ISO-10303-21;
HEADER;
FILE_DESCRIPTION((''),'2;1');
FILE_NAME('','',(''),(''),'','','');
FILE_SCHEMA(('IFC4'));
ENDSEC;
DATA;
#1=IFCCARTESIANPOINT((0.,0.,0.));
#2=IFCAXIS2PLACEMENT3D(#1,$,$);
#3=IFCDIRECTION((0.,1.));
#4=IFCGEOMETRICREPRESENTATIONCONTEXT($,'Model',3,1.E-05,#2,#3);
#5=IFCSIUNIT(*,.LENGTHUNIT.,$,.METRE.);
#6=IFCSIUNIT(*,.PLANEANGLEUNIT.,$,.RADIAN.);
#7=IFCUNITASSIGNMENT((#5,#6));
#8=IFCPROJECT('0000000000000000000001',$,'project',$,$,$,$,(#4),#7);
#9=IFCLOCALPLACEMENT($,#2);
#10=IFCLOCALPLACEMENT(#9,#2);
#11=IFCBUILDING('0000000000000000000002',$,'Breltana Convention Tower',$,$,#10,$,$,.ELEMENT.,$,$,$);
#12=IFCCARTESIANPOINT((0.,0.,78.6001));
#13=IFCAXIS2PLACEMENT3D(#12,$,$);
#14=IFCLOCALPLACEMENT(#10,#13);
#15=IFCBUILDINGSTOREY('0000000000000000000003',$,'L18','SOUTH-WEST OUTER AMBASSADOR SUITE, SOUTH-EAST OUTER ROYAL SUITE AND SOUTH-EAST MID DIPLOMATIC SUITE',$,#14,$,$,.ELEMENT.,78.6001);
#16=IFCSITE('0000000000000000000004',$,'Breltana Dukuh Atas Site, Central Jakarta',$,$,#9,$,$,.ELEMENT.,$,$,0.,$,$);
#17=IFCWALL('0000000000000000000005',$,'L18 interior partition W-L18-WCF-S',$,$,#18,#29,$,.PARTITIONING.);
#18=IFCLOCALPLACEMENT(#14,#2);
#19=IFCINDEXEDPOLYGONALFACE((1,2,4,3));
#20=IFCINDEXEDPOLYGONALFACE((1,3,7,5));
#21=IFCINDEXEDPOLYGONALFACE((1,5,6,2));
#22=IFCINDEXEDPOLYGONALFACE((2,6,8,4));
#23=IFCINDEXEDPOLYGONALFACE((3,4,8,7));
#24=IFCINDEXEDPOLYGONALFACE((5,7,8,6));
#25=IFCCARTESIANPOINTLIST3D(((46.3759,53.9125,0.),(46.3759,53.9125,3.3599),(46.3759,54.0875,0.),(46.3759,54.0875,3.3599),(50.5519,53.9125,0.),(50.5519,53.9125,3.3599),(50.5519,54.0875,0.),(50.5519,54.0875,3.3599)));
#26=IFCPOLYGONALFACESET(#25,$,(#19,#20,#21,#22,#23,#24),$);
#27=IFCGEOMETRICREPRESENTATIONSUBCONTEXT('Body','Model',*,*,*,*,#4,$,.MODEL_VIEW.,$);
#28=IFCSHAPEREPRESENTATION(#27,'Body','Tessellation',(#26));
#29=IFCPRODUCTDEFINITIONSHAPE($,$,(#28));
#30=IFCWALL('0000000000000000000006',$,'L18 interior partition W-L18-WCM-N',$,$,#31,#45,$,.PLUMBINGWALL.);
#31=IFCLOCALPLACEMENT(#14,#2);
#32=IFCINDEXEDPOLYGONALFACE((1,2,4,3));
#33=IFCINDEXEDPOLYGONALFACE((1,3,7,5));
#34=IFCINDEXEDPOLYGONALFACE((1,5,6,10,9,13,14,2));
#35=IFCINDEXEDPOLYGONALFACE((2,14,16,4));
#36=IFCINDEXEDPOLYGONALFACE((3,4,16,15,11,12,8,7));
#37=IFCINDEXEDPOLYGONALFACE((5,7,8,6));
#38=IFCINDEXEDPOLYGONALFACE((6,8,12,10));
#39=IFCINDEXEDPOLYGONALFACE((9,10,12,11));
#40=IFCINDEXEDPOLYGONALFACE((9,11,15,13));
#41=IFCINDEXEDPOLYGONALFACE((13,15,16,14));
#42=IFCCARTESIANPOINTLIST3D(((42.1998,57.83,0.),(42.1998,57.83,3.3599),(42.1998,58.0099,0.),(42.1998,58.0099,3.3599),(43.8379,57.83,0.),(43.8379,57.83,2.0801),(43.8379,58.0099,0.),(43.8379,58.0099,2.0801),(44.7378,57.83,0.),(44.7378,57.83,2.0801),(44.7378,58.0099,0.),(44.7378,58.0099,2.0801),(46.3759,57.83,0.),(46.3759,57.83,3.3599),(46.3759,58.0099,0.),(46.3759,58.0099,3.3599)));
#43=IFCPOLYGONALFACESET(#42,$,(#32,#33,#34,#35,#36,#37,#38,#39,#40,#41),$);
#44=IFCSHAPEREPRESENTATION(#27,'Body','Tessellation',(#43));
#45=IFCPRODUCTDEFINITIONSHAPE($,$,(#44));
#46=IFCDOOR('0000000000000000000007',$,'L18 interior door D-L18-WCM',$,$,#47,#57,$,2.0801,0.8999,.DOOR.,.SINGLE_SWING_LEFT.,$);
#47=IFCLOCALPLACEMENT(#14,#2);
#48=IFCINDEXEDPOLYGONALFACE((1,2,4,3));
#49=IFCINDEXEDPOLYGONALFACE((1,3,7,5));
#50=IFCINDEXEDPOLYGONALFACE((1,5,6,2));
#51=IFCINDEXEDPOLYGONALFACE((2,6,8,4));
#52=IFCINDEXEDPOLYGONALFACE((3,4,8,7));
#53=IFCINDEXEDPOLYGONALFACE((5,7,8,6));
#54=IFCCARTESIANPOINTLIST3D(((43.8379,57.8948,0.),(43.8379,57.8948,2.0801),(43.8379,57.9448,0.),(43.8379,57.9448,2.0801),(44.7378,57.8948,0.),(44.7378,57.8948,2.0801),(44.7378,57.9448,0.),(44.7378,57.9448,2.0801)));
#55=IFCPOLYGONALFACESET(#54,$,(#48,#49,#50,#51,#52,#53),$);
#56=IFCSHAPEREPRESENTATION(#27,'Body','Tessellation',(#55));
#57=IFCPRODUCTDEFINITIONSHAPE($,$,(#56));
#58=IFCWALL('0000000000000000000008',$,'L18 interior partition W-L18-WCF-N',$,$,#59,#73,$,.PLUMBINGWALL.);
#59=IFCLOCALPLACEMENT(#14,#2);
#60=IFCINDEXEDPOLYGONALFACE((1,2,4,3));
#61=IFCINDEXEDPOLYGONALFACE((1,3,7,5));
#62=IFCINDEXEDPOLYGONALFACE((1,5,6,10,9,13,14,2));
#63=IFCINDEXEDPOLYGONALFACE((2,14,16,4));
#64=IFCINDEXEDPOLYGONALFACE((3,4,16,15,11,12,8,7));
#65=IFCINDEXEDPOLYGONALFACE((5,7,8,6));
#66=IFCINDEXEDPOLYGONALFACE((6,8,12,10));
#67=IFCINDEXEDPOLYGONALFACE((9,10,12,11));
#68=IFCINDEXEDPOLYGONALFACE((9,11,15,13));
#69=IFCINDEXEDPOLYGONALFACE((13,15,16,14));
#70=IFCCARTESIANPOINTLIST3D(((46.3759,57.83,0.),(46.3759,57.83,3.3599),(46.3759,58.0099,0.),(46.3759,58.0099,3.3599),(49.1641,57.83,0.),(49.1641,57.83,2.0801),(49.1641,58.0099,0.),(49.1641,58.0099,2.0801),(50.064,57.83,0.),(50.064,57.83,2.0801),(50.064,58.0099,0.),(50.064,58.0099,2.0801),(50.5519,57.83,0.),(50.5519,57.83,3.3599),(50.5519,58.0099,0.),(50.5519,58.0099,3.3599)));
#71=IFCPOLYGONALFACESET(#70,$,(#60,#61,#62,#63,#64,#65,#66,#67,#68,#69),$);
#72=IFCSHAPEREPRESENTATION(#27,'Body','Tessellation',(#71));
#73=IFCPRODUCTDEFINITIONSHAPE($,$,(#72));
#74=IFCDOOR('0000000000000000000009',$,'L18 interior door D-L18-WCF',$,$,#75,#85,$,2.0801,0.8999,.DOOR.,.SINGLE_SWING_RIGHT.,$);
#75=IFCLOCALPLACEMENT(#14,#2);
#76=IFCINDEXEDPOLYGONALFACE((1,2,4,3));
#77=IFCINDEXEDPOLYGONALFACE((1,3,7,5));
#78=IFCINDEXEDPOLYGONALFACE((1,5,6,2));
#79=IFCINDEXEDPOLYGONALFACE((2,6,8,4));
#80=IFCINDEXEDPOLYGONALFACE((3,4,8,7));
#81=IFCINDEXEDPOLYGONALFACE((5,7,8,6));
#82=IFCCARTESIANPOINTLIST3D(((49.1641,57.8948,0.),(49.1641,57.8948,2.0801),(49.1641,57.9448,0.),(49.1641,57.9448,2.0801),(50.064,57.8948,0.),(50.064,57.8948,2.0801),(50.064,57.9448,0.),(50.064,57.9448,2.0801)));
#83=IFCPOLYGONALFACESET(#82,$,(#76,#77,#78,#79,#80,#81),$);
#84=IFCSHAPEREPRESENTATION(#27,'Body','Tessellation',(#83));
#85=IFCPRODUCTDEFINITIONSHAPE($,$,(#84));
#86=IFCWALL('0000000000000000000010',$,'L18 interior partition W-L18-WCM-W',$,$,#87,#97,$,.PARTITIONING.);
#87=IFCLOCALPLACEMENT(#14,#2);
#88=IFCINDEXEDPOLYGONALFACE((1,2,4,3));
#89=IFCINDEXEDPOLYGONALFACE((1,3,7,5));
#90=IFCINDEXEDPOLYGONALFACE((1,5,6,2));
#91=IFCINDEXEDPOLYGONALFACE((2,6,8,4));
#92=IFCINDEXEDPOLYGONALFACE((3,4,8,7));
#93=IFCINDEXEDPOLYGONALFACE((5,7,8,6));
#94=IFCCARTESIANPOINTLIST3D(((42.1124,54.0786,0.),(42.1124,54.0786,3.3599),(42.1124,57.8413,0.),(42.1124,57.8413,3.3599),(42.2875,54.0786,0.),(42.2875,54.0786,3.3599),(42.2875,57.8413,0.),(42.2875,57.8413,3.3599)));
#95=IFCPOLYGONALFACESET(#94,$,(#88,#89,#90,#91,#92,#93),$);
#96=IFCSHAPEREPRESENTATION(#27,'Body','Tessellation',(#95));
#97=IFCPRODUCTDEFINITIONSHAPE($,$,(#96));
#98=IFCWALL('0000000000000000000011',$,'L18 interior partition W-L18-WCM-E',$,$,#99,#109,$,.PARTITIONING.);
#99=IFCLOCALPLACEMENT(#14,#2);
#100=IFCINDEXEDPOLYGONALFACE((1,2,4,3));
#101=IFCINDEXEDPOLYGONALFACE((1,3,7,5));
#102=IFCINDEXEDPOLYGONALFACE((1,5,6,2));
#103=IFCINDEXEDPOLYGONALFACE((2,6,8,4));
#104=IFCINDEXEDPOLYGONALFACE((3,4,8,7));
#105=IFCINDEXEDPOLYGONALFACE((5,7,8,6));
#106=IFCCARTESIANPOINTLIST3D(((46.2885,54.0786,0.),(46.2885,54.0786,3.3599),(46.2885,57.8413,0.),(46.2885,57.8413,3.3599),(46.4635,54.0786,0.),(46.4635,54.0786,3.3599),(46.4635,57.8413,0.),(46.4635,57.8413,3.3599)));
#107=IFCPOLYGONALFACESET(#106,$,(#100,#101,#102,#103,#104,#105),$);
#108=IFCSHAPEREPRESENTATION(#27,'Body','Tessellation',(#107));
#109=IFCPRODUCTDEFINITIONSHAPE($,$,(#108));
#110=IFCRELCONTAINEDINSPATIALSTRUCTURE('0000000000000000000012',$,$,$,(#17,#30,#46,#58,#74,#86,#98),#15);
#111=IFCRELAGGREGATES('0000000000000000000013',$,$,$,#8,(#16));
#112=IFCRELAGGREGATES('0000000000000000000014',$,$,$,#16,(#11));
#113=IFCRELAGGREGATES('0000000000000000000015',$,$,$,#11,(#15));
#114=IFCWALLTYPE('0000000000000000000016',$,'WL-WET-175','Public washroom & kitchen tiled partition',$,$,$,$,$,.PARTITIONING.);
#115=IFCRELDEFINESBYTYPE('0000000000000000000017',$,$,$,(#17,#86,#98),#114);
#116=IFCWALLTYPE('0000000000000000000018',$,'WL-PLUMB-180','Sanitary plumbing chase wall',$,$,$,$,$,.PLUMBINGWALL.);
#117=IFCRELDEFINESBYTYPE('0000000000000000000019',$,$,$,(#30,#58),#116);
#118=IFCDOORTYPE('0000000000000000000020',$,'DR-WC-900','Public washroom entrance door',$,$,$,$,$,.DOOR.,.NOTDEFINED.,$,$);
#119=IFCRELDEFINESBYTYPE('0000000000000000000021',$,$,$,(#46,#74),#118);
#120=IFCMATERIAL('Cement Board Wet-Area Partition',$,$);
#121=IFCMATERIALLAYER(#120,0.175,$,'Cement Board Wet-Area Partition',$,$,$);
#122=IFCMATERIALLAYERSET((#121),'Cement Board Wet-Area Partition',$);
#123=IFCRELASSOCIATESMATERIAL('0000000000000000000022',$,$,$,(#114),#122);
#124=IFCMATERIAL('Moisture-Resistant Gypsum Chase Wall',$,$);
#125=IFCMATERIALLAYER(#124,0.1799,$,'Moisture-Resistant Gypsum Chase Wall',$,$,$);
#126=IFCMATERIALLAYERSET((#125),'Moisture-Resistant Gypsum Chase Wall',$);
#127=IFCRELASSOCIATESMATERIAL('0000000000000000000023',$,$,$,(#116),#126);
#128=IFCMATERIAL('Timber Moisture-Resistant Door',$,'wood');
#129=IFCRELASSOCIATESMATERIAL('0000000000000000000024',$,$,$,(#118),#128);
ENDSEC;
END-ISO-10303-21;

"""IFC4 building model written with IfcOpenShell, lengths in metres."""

from ifc_helpers import new_model, si_unit, direction, frame, frame_2d, origin, place, context, subcontext, project, spatial, rectangle, extrude, source, transform, mapped, material, layer, layer_set, type_object, type_shapes, element, fill, save


model = new_model("IFC4")

# Units and contexts
model_context = context("Model", 3, precision=1e-05, world=origin(), true_north=direction((0.0, 1.0)))
body_context = subcontext(model_context, "Body", "Model", "MODEL_VIEW")
ifc_project = project(units=[si_unit("LENGTHUNIT", "METRE"), si_unit("PLANEANGLEUNIT", "RADIAN")], contexts=[model_context])

# Site, building, storey
site_placement = place(None, origin())
site = spatial("IfcSite", under=ifc_project, at=site_placement, Name="Breltana Dukuh Atas Site, Central Jakarta", CompositionType="ELEMENT", RefElevation=0.0)
building_placement = place(site_placement, origin())
building = spatial("IfcBuilding", under=site, at=building_placement, Name="Breltana Convention Tower", CompositionType="ELEMENT")
storey_placement = place(building_placement, frame((0.0, 0.0, 78.6001)))
storey = spatial("IfcBuildingStorey", under=building, at=storey_placement, Name="L18", Description="SOUTH-WEST OUTER AMBASSADOR SUITE, SOUTH-EAST OUTER ROYAL SUITE AND SOUTH-EAST MID DIPLOMATIC SUITE", CompositionType="ELEMENT", Elevation=78.6001)

# Wall
ifc_material_1 = material(Name="Cement Board Wet-Area Partition")
ifc_layer_1 = layer(ifc_material_1, 0.175, Name="Cement Board Wet-Area Partition")
ifc_layer_set_1 = layer_set([ifc_layer_1], Name="Cement Board Wet-Area Partition")
wall_type_1 = type_object("IfcWallType", Name="WL-WET-175", Description="Public washroom & kitchen tiled partition", PredefinedType="PARTITIONING", material=ifc_layer_set_1)
shared_shape_1 = source(origin(), body_context, "Body", "SweptSolid", [
    extrude(rectangle(XDim=4.176, YDim=0.175, at=frame_2d((2.0879, 0.0))), origin(), (0.0, 0.0, 1.0), 3.3599),
])
for number, where, z_axis, x_axis, name in (
    (1, (46.376, 54.0, 0.0), (0.0, 0.0, 1.0), (1.0, 0.0, 0.0), "L18 interior partition W-L18-WCF-S"),
):
    element("IfcWall", number, at=place(storey_placement, frame(where, z_axis=z_axis, x_axis=x_axis)), inside=storey, type_object=wall_type_1, Name=name, PredefinedType="PARTITIONING", context=body_context, shape_type="MappedRepresentation", body=[
        mapped(shared_shape_1, transform((0.0, 0.0, 0.0), scale=1.0)),
    ])

# Walls, openings, doors
ifc_material_2 = material(Name="Moisture-Resistant Gypsum Chase Wall")
ifc_layer_2 = layer(ifc_material_2, 0.1799, Name="Moisture-Resistant Gypsum Chase Wall")
ifc_layer_set_2 = layer_set([ifc_layer_2], Name="Moisture-Resistant Gypsum Chase Wall")
wall_type_2 = type_object("IfcWallType", Name="WL-PLUMB-180", Description="Sanitary plumbing chase wall", PredefinedType="PLUMBINGWALL", material=ifc_layer_set_2)
shared_shape_2 = source(origin(), body_context, "Body", "SweptSolid", [
    extrude(rectangle(XDim=4.176, YDim=0.1799, at=frame_2d((2.0879, 0.0))), origin(), (0.0, 0.0, 1.0), 3.3599),
])
wall_1_placement = place(storey_placement, frame((42.2, 57.9199, 0.0), z_axis=(0.0, 0.0, 1.0), x_axis=(1.0, 0.0, 0.0)))
wall_1 = element("IfcWall", 2, at=wall_1_placement, inside=storey, type_object=wall_type_2, Name="L18 interior partition W-L18-WCM-N", PredefinedType="PLUMBINGWALL", context=body_context, shape_type="MappedRepresentation", body=[
    mapped(shared_shape_2, transform((0.0, 0.0, 0.0), scale=1.0)),
])
opening_1_placement = place(wall_1_placement, frame((1.6379, 0.0, 0.0)))
opening_1 = element("IfcOpeningElement", 3, at=opening_1_placement, cuts=wall_1, PredefinedType="OPENING", context=body_context, shape_type="SweptSolid", body=[
    extrude(rectangle(XDim=0.8999, YDim=2.0801, at=frame_2d((0.45, 1.04))), frame((0.0, 0.1001, 0.0), z_axis=(0.0, -1.0, 0.0), x_axis=(1.0, 0.0, 0.0)), (0.0, 0.0, 1.0), 0.2),
])
ifc_material_3 = material(Name="Timber Moisture-Resistant Door", Category="wood")
door_type = type_object("IfcDoorType", Name="DR-WC-900", Description="Public washroom entrance door", OperationType="NOTDEFINED", PredefinedType="DOOR", material=ifc_material_3)
shared_shape_3 = source(origin(), body_context, "Body", "SweptSolid", [
    extrude(rectangle(XDim=0.8999, YDim=2.0801, at=frame_2d((0.45, 1.04))), frame((0.0, 0.0249, 0.0), z_axis=(0.0, -1.0, 0.0), x_axis=(1.0, 0.0, 0.0)), (0.0, 0.0, 1.0), 0.05),
])
type_shapes(door_type, [shared_shape_3])
door_1_placement = place(opening_1_placement, origin())
door_1 = element("IfcDoor", 4, at=door_1_placement, inside=storey, type_object=door_type, Name="L18 interior door D-L18-WCM", OperationType="SINGLE_SWING_LEFT", OverallHeight=2.0801, OverallWidth=0.8999, PredefinedType="DOOR", context=body_context, shape_type="MappedRepresentation", body=[
    mapped(shared_shape_3, transform((0.0, 0.0, 0.0), scale=1.0)),
])
fill(opening_1, door_1)
wall_2_placement = place(storey_placement, frame((46.376, 57.9199, 0.0), z_axis=(0.0, 0.0, 1.0), x_axis=(1.0, 0.0, 0.0)))
wall_2 = element("IfcWall", 5, at=wall_2_placement, inside=storey, type_object=wall_type_2, Name="L18 interior partition W-L18-WCF-N", PredefinedType="PLUMBINGWALL", context=body_context, shape_type="MappedRepresentation", body=[
    mapped(shared_shape_2, transform((0.0, 0.0, 0.0), scale=1.0)),
])
opening_2_placement = place(wall_2_placement, frame((2.7881, 0.0, 0.0)))
opening_2 = element("IfcOpeningElement", 6, at=opening_2_placement, cuts=wall_2, PredefinedType="OPENING", context=body_context, shape_type="SweptSolid", body=[
    extrude(rectangle(XDim=0.8999, YDim=2.0801, at=frame_2d((0.45, 1.04))), frame((0.0, 0.1001, 0.0), z_axis=(0.0, -1.0, 0.0), x_axis=(1.0, 0.0, 0.0)), (0.0, 0.0, 1.0), 0.2),
])
door_2_placement = place(opening_2_placement, origin())
door_2 = element("IfcDoor", 7, at=door_2_placement, inside=storey, type_object=door_type, Name="L18 interior door D-L18-WCF", OperationType="SINGLE_SWING_RIGHT", OverallHeight=2.0801, OverallWidth=0.8999, PredefinedType="DOOR", context=body_context, shape_type="MappedRepresentation", body=[
    mapped(shared_shape_3, transform((0.0, 0.0, 0.0), scale=1.0)),
])
fill(opening_2, door_2)

# Walls
shared_shape_4 = source(origin(), body_context, "Body", "SweptSolid", [
    extrude(rectangle(XDim=3.7627, YDim=0.175, at=frame_2d((1.8813, 0.0))), origin(), (0.0, 0.0, 1.0), 3.3599),
])
for number, where, z_axis, x_axis, name in (
    (8, (42.2, 54.0786, 0.0), (0.0, 0.0, 1.0), (0.0, 1.0, 0.0), "L18 interior partition W-L18-WCM-W"),
    (9, (46.376, 54.0786, 0.0), (0.0, 0.0, 1.0), (0.0, 1.0, 0.0), "L18 interior partition W-L18-WCM-E"),
):
    element("IfcWall", number, at=place(storey_placement, frame(where, z_axis=z_axis, x_axis=x_axis)), inside=storey, type_object=wall_type_1, Name=name, PredefinedType="PARTITIONING", context=body_context, shape_type="MappedRepresentation", body=[
        mapped(shared_shape_4, transform((0.0, 0.0, 0.0), scale=1.0)),
    ])

save(model, "model.ifc")
